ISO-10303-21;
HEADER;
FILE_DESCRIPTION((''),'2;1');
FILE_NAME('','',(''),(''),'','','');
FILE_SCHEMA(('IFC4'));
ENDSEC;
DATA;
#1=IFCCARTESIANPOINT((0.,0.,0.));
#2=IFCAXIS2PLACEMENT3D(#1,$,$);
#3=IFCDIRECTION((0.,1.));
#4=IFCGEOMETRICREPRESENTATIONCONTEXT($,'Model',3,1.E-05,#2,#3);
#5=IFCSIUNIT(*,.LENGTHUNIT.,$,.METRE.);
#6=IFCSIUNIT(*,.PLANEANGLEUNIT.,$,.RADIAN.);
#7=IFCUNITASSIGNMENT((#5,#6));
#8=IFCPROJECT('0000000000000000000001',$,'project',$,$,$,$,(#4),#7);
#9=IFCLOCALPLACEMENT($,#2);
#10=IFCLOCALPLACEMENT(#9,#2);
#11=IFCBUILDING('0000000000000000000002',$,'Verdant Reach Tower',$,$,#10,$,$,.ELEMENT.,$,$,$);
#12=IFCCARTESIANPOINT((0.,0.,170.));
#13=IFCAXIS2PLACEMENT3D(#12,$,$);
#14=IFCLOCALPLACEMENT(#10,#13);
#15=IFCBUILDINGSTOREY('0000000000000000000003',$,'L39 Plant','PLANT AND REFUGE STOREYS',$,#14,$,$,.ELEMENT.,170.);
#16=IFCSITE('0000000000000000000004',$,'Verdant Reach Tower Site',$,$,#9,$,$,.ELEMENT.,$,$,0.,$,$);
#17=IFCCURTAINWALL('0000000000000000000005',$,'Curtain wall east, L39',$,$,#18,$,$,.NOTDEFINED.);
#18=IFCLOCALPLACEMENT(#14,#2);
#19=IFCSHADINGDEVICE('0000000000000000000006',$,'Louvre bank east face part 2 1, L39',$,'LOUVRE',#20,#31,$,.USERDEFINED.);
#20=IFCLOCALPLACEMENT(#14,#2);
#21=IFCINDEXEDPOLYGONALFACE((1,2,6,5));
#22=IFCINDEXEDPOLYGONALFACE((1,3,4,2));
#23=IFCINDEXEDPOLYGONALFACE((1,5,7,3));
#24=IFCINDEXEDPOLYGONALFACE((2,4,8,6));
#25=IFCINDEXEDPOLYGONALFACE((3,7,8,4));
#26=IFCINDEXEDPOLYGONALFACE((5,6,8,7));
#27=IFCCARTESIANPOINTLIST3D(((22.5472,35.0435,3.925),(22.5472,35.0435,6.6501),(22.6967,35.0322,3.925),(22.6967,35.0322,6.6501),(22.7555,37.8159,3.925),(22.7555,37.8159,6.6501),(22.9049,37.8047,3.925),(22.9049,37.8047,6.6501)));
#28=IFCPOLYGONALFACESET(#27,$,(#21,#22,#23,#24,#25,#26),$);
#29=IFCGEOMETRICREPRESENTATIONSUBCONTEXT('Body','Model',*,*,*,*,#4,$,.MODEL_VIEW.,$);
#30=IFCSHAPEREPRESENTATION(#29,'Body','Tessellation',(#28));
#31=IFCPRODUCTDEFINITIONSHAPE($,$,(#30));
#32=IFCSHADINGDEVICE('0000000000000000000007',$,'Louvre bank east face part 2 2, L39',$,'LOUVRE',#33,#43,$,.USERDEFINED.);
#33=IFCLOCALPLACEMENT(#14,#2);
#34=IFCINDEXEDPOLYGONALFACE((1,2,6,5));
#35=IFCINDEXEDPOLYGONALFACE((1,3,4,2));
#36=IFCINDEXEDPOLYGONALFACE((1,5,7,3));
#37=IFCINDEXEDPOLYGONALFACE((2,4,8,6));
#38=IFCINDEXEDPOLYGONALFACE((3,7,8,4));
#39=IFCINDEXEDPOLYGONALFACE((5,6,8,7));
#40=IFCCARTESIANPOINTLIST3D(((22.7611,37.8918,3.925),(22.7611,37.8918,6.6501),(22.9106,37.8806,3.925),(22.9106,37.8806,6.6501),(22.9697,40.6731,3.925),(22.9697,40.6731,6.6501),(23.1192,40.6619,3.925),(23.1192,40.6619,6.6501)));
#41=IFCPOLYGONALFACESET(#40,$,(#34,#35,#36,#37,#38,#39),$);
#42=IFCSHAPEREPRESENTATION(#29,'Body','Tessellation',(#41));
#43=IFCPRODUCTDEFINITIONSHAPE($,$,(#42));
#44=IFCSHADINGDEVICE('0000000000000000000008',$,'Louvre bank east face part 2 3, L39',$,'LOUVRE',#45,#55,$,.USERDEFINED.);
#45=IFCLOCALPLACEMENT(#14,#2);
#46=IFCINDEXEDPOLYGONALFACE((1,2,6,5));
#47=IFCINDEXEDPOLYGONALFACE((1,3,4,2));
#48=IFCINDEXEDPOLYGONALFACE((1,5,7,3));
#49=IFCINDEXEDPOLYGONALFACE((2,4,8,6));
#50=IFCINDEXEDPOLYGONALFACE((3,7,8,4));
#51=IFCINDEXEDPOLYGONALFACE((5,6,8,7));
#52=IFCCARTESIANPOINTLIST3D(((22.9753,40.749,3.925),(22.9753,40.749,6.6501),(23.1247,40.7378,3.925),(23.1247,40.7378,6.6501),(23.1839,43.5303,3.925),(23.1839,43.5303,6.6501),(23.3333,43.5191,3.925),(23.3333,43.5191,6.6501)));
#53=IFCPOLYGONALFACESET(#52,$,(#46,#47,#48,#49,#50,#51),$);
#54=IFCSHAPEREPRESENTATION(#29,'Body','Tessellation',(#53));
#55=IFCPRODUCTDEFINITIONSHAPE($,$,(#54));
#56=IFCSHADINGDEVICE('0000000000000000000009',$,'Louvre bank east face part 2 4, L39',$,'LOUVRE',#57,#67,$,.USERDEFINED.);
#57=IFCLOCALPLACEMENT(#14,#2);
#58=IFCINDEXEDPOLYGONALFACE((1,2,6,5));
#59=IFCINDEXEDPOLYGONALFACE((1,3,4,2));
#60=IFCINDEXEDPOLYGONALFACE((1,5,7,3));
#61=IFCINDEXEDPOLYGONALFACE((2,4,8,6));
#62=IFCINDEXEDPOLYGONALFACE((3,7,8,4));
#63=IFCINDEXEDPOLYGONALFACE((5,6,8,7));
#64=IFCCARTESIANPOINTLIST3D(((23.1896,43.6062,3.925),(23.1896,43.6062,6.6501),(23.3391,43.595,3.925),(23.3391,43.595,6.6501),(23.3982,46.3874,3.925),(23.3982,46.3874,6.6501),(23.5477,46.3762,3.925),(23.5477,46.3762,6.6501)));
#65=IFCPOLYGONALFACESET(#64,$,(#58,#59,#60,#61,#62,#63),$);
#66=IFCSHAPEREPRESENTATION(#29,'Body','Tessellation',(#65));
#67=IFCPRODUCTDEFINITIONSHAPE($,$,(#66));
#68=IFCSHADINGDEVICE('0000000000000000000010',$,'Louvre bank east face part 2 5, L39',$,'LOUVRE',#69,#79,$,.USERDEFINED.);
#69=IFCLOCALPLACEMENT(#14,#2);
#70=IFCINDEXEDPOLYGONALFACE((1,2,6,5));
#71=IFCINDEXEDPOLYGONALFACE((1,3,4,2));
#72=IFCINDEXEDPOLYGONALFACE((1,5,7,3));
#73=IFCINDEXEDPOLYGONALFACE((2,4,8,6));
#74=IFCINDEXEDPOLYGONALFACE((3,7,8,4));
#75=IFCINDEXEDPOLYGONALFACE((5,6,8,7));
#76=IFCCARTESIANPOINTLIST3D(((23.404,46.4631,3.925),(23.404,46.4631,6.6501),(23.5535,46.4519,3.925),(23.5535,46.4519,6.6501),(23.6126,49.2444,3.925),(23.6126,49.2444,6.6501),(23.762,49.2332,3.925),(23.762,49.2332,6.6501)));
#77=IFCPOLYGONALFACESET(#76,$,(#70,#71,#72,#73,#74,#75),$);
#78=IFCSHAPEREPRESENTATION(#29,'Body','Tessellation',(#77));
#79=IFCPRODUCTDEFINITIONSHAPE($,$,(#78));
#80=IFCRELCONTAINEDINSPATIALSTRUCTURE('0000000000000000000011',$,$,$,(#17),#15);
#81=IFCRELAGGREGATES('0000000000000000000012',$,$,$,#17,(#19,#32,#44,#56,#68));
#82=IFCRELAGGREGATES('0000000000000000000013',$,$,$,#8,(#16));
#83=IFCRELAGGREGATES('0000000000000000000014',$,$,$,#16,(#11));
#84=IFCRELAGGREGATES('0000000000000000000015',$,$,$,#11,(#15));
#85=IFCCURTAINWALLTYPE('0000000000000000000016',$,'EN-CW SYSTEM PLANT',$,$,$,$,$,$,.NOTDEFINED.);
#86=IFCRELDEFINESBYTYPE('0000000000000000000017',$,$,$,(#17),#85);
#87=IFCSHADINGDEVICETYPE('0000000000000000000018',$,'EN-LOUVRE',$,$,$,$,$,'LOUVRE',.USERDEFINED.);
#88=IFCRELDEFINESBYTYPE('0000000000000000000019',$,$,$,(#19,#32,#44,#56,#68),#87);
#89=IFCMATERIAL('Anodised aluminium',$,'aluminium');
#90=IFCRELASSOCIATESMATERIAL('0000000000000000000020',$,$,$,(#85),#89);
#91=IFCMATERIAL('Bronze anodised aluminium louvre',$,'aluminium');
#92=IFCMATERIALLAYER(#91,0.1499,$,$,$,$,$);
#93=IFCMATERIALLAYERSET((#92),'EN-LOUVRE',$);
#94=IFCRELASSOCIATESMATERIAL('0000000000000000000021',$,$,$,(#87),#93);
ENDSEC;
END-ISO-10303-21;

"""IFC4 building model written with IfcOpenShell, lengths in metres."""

from ifc_helpers import new_model, si_unit, direction, frame, origin, origin_2d, place, context, subcontext, project, spatial, rectangle, extrude, material, layer, layer_set, type_object, element, aggregate, save


model = new_model("IFC4")

# Units and contexts
model_context = context("Model", 3, precision=1e-05, world=origin(), true_north=direction((0.0, 1.0)))
body_context = subcontext(model_context, "Body", "Model", "MODEL_VIEW")
ifc_project = project(units=[si_unit("LENGTHUNIT", "METRE"), si_unit("PLANEANGLEUNIT", "RADIAN")], contexts=[model_context])

# Site, building, storey
site_placement = place(None, origin())
site = spatial("IfcSite", under=ifc_project, at=site_placement, Name="Verdant Reach Tower Site", CompositionType="ELEMENT", RefElevation=0.0)
building_placement = place(site_placement, origin())
building = spatial("IfcBuilding", under=site, at=building_placement, Name="Verdant Reach Tower", CompositionType="ELEMENT")
storey_placement = place(building_placement, frame((0.0, 0.0, 170.0)))
storey = spatial("IfcBuildingStorey", under=building, at=storey_placement, Name="L39 Plant", Description="PLANT AND REFUGE STOREYS", CompositionType="ELEMENT", Elevation=170.0)

# Curtain wall
ifc_material_1 = material(Name="Anodised aluminium", Category="aluminium")
curtain_wall_type = type_object("IfcCurtainWallType", Name="EN-CW SYSTEM PLANT", PredefinedType="NOTDEFINED", material=ifc_material_1)
curtain_wall_placement = place(storey_placement, origin())
curtain_wall = element("IfcCurtainWall", 1, at=curtain_wall_placement, inside=storey, type_object=curtain_wall_type, Name="Curtain wall east, L39", PredefinedType="NOTDEFINED")

# Shading devices
ifc_material_2 = material(Name="Bronze anodised aluminium louvre", Category="aluminium")
ifc_layer_1 = layer(ifc_material_2, 0.1499)
ifc_layer_set_1 = layer_set([ifc_layer_1], Name="EN-LOUVRE")
shading_device_type = type_object("IfcShadingDeviceType", Name="EN-LOUVRE", ElementType="LOUVRE", PredefinedType="USERDEFINED", material=ifc_layer_set_1)
shading_device_1_placement = place(storey_placement, frame((22.7261, 36.4241, 3.925), z_axis=(0.0, 0.0, 1.0), x_axis=(0.074906, 0.997191, 0.0)))
shading_device_1 = element("IfcShadingDevice", 2, at=shading_device_1_placement, type_object=shading_device_type, Name="Louvre bank east face part 2 1, L39", ObjectType="LOUVRE", PredefinedType="USERDEFINED", context=body_context, shape_type="SweptSolid", body=[
    extrude(rectangle(XDim=2.7803, YDim=0.1499, at=origin_2d()), origin(), (0.0, 0.0, 1.0), 2.7251),
])
shading_device_2_placement = place(storey_placement, frame((22.9402, 39.2769, 3.925), z_axis=(0.0, 0.0, 1.0), x_axis=(0.07479, 0.997199, 0.0)))
shading_device_2 = element("IfcShadingDevice", 3, at=shading_device_2_placement, type_object=shading_device_type, Name="Louvre bank east face part 2 2, L39", ObjectType="LOUVRE", PredefinedType="USERDEFINED", context=body_context, shape_type="SweptSolid", body=[
    extrude(rectangle(XDim=2.7891, YDim=0.1499, at=origin_2d()), origin(), (0.0, 0.0, 1.0), 2.7251),
])
shading_device_3_placement = place(storey_placement, frame((23.1543, 42.134, 3.925), z_axis=(0.0, 0.0, 1.0), x_axis=(0.07479, 0.997199, 0.0)))
shading_device_3 = element("IfcShadingDevice", 4, at=shading_device_3_placement, type_object=shading_device_type, Name="Louvre bank east face part 2 3, L39", ObjectType="LOUVRE", PredefinedType="USERDEFINED", context=body_context, shape_type="SweptSolid", body=[
    extrude(rectangle(XDim=2.7891, YDim=0.1499, at=origin_2d()), origin(), (0.0, 0.0, 1.0), 2.7251),
])
shading_device_4_placement = place(storey_placement, frame((23.3687, 44.9912, 3.925), z_axis=(0.0, 0.0, 1.0), x_axis=(0.07479, 0.997199, 0.0)))
shading_device_4 = element("IfcShadingDevice", 5, at=shading_device_4_placement, type_object=shading_device_type, Name="Louvre bank east face part 2 4, L39", ObjectType="LOUVRE", PredefinedType="USERDEFINED", context=body_context, shape_type="SweptSolid", body=[
    extrude(rectangle(XDim=2.7891, YDim=0.1499, at=origin_2d()), origin(), (0.0, 0.0, 1.0), 2.7251),
])
shading_device_5_placement = place(storey_placement, frame((23.583, 47.8481, 3.925), z_axis=(0.0, 0.0, 1.0), x_axis=(0.07479, 0.997199, 0.0)))
shading_device_5 = element("IfcShadingDevice", 6, at=shading_device_5_placement, type_object=shading_device_type, Name="Louvre bank east face part 2 5, L39", ObjectType="LOUVRE", PredefinedType="USERDEFINED", context=body_context, shape_type="SweptSolid", body=[
    extrude(rectangle(XDim=2.7891, YDim=0.1499, at=origin_2d()), origin(), (0.0, 0.0, 1.0), 2.7251),
])
aggregate(curtain_wall, [shading_device_1, shading_device_2, shading_device_3, shading_device_4, shading_device_5])

save(model, "model.ifc")
